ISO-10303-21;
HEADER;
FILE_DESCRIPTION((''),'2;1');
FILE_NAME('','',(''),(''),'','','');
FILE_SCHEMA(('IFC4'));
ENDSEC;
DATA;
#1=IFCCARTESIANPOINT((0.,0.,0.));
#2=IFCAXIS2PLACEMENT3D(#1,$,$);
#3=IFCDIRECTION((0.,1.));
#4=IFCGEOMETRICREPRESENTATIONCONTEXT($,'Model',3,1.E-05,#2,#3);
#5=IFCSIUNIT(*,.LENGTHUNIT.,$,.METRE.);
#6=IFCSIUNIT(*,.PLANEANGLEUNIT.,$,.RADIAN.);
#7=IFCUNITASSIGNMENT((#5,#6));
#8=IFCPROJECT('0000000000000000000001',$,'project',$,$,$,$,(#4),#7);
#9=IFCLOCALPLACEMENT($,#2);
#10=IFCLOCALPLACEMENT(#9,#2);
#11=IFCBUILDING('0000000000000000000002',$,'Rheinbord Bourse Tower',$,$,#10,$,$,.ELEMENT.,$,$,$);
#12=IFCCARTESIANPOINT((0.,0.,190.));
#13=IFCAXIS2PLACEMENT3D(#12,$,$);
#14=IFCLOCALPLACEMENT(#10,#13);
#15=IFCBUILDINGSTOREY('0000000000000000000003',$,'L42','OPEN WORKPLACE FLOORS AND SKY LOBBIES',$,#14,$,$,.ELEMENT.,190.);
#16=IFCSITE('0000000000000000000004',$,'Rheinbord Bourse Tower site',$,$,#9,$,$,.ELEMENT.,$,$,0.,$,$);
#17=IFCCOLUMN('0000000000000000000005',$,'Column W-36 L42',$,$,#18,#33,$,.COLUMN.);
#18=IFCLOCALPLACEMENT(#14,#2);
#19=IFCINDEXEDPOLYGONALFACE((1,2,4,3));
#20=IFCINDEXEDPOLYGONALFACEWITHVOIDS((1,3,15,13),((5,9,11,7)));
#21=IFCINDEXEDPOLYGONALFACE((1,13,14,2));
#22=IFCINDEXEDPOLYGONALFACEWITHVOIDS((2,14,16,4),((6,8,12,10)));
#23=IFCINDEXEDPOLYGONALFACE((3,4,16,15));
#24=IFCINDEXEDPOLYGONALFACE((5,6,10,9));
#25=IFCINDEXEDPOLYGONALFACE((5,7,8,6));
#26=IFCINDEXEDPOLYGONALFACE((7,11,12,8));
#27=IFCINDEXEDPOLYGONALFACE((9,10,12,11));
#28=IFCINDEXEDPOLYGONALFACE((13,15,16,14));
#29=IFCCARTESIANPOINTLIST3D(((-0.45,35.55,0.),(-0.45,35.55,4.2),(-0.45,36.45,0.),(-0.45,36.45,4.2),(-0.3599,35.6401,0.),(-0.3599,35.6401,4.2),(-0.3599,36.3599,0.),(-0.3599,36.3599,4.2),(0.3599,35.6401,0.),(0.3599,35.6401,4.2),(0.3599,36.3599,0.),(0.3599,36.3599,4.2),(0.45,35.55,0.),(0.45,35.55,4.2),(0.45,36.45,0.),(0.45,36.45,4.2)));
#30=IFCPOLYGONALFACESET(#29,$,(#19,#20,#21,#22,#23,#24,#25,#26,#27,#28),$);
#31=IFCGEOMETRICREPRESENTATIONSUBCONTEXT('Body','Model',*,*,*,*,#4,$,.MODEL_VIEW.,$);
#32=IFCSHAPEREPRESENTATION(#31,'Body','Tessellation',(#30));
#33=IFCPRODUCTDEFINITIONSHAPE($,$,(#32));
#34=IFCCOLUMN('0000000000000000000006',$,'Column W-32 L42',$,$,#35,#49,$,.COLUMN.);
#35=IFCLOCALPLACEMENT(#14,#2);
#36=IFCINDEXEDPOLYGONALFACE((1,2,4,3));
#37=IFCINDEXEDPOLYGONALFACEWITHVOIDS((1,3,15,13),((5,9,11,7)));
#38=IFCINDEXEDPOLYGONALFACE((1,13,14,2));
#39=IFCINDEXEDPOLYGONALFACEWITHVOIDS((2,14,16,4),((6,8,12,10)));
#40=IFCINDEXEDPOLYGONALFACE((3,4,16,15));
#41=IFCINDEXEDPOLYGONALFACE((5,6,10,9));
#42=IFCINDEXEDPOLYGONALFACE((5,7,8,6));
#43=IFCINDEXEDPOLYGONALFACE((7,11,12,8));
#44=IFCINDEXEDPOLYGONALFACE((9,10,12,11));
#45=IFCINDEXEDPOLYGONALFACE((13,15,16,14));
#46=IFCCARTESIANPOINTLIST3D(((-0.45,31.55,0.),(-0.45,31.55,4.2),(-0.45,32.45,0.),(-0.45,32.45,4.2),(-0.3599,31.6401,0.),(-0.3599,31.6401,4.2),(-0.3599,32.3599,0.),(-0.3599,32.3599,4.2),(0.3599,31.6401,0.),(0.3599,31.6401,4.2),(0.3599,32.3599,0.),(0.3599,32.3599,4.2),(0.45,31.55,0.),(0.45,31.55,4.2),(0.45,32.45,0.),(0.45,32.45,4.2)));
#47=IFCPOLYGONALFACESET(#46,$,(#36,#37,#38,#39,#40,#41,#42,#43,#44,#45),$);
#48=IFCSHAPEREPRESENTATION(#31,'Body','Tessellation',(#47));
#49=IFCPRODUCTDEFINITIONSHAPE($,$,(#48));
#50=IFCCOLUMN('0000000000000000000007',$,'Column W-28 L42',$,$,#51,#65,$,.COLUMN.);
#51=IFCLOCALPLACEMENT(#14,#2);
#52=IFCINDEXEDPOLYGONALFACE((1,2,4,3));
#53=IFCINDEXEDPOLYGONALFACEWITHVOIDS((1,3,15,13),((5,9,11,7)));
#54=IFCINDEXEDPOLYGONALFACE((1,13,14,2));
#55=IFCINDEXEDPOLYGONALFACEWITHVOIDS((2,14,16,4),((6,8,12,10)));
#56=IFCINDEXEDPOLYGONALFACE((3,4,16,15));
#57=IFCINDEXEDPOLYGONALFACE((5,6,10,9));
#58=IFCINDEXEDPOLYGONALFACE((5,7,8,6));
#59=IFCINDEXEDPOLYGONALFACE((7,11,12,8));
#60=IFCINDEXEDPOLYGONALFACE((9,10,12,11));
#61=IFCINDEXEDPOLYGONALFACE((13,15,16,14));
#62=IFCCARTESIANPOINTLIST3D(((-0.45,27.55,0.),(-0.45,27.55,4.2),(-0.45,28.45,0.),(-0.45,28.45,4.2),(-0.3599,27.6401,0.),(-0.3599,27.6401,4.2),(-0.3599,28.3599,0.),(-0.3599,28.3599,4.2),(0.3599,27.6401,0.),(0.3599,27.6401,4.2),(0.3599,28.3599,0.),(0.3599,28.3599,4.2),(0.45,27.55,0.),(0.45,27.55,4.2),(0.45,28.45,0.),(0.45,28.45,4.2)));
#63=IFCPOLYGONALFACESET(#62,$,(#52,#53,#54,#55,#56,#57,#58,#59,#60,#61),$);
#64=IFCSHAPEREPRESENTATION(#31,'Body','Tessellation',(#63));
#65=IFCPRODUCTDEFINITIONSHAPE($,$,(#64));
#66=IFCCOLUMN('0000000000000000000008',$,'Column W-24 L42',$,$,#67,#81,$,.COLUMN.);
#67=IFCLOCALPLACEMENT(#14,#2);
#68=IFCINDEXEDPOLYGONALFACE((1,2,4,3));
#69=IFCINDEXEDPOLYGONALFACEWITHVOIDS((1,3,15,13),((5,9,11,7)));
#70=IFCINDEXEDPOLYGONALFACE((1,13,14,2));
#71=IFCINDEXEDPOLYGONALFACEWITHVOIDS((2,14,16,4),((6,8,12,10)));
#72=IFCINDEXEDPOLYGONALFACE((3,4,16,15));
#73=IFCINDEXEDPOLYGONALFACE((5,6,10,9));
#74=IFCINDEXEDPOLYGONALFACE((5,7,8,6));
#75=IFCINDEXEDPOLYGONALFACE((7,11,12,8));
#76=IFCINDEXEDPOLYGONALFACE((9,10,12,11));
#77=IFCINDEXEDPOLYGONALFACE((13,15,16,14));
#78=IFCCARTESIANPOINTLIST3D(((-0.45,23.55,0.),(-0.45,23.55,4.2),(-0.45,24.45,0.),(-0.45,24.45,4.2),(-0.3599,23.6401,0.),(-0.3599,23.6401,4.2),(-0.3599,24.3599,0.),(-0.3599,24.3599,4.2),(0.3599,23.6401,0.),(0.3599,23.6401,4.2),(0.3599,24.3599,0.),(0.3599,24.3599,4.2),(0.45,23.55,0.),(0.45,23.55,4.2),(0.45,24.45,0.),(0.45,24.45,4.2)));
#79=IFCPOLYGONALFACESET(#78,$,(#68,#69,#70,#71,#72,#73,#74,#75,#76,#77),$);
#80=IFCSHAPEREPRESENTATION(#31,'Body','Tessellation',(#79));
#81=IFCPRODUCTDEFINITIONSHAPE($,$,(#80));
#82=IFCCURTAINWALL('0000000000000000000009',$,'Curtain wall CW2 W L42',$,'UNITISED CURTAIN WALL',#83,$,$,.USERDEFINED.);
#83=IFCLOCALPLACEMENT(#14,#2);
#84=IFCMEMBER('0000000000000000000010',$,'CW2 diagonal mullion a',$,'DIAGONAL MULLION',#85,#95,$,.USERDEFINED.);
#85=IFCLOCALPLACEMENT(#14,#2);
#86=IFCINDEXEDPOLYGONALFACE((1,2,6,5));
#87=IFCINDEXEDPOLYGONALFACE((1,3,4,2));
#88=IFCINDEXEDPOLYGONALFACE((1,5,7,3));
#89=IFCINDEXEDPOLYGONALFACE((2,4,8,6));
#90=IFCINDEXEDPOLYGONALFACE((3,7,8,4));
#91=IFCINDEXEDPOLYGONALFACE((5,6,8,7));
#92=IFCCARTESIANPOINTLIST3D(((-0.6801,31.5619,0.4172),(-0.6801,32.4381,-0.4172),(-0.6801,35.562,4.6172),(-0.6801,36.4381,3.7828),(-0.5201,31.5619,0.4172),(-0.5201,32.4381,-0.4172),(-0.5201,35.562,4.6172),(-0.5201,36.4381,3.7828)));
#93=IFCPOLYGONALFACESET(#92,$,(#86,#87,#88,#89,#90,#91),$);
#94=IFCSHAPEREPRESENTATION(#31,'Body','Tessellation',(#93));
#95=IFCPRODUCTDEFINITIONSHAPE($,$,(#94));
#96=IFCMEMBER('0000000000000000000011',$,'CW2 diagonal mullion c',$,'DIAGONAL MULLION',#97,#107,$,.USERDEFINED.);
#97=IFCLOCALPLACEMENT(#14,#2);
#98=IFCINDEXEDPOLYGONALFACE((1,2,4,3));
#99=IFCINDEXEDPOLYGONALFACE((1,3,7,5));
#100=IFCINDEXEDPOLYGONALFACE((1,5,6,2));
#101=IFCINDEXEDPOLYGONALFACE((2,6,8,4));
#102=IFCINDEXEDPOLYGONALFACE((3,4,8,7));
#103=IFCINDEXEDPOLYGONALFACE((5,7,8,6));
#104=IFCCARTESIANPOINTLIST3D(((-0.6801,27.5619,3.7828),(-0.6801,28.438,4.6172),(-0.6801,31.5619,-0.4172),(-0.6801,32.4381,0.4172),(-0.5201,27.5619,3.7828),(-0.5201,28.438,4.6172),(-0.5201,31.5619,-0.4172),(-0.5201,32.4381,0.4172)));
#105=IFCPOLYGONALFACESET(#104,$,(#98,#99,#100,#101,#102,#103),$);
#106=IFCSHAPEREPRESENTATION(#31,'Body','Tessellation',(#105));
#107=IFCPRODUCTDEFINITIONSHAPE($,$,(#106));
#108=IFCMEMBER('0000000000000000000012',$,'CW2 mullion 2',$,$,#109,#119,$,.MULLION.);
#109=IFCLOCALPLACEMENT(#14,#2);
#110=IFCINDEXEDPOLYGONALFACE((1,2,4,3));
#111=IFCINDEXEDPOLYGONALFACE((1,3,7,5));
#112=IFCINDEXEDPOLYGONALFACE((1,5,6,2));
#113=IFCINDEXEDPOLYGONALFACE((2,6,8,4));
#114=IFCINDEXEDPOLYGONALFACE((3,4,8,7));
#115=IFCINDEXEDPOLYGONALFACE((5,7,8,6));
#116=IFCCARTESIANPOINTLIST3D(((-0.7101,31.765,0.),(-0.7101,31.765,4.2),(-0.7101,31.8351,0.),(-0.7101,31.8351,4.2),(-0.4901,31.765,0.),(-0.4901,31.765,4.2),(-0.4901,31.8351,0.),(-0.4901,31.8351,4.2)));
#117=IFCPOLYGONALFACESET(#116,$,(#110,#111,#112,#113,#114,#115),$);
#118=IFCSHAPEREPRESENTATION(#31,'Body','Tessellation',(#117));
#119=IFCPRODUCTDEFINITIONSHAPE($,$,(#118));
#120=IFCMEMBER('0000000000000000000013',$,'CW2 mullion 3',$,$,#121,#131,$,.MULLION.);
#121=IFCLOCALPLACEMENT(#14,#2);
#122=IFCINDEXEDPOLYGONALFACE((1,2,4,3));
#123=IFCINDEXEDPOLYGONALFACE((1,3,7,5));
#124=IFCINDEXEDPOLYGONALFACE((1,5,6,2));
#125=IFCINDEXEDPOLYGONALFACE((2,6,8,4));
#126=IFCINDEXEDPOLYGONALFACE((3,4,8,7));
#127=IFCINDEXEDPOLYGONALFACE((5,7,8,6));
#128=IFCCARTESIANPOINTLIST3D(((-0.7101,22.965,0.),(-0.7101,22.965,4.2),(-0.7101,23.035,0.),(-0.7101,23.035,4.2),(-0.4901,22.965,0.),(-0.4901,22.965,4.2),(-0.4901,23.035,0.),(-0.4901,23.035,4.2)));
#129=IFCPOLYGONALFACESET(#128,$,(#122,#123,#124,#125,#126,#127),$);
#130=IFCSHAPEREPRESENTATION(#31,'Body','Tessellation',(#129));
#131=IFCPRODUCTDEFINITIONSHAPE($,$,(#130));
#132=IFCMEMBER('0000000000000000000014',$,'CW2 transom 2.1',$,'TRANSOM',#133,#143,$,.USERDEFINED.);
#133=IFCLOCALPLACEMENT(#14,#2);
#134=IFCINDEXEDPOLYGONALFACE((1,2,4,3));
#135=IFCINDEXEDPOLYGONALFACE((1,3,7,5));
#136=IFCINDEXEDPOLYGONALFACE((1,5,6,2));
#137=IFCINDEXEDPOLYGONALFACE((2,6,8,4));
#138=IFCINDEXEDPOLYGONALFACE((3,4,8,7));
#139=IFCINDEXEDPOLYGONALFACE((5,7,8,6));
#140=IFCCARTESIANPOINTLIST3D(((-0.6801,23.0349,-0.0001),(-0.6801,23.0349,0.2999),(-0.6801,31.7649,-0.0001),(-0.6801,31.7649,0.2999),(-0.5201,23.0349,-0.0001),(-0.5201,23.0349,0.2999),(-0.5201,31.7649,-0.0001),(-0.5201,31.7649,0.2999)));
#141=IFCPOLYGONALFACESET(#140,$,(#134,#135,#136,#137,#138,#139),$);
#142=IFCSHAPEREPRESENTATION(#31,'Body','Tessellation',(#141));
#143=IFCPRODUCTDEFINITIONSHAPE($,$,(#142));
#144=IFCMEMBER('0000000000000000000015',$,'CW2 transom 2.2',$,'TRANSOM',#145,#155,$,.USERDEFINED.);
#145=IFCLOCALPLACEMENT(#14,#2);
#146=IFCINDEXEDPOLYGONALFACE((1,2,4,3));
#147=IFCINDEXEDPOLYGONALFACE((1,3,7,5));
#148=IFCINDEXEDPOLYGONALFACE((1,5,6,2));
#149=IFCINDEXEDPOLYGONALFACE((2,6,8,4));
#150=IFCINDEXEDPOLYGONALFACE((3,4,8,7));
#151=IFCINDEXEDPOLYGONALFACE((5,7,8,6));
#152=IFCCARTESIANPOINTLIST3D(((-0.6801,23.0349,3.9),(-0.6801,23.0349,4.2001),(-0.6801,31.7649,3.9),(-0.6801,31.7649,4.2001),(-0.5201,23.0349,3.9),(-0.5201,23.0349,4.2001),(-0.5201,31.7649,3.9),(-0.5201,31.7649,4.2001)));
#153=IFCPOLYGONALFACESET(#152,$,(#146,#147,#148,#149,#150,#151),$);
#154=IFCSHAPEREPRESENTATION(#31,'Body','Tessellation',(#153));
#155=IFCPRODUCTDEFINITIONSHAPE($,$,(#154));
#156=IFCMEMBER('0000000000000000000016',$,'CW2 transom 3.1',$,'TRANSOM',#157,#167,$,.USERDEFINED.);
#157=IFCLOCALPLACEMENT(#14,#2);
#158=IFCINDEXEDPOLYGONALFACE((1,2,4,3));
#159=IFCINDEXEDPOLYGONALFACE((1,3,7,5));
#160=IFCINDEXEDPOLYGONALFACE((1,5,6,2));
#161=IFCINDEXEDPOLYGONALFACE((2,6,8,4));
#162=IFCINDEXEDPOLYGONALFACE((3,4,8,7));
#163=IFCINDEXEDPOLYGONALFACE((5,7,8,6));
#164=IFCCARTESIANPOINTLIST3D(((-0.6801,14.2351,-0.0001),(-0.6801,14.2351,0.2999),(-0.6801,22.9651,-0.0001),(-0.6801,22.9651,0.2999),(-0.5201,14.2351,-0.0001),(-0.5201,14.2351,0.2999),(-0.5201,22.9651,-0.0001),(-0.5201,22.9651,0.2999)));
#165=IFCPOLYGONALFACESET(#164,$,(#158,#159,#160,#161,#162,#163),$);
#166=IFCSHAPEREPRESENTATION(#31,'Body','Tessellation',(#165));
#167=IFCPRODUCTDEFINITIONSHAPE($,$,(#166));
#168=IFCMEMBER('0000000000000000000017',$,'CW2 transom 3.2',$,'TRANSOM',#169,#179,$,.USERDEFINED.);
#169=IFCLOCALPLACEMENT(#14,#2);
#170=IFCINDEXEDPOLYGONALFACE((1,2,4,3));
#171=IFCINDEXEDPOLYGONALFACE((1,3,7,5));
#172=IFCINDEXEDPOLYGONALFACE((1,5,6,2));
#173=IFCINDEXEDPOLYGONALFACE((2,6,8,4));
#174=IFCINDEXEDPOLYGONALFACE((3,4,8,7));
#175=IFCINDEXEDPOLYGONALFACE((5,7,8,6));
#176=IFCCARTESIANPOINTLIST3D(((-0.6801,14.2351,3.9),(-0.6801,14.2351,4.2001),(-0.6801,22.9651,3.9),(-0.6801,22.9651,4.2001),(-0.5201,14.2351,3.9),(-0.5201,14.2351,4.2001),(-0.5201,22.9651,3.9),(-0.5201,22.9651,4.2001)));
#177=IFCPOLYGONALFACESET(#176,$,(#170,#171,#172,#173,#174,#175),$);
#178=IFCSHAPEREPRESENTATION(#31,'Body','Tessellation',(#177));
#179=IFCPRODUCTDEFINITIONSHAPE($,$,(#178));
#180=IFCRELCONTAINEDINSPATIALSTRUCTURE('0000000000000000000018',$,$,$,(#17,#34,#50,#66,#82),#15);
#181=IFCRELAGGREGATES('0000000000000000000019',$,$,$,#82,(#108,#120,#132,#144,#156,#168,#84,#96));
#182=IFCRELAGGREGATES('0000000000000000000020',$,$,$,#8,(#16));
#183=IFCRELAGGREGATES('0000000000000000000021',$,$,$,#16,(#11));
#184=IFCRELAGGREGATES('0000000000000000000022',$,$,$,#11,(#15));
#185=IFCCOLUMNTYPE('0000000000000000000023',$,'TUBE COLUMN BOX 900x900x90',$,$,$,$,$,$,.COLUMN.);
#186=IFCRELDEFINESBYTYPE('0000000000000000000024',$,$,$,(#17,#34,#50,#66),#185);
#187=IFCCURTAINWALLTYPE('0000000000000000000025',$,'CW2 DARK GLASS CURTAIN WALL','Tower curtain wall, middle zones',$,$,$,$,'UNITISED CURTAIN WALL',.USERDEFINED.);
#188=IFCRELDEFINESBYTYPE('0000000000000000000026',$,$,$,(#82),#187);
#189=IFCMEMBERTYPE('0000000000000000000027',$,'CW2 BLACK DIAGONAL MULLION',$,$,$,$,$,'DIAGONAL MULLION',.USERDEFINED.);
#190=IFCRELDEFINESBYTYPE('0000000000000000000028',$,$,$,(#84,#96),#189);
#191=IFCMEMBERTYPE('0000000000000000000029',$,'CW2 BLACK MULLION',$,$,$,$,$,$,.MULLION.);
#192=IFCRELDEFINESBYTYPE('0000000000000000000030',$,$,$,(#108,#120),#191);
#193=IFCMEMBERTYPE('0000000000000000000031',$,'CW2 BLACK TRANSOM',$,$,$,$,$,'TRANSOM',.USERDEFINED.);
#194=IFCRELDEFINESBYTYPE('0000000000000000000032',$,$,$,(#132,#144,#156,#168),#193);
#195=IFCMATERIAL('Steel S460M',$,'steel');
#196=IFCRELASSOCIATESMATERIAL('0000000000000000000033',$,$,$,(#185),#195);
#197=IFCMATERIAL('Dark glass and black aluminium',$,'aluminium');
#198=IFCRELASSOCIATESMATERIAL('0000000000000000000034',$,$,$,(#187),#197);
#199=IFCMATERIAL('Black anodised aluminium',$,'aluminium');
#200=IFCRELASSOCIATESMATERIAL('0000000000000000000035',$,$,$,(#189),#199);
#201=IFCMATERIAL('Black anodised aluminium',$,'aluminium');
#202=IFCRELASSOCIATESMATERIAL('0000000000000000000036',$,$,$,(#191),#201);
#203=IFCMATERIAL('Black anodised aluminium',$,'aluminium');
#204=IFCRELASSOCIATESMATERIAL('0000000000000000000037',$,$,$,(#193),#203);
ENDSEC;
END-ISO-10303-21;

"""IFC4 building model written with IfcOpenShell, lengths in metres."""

from ifc_helpers import new_model, si_unit, direction, frame, origin, origin_2d, place, context, subcontext, project, spatial, rectangle, hollow_rectangle, extrude, material, material_profile, profile_set, type_object, element, aggregate, save


model = new_model("IFC4")

# Units and contexts
model_context = context("Model", 3, precision=1e-05, world=origin(), true_north=direction((0.0, 1.0)))
body_context = subcontext(model_context, "Body", "Model", "MODEL_VIEW")
ifc_project = project(units=[si_unit("LENGTHUNIT", "METRE"), si_unit("PLANEANGLEUNIT", "RADIAN")], contexts=[model_context])

# Site, building, storey
site_placement = place(None, origin())
site = spatial("IfcSite", under=ifc_project, at=site_placement, Name="Rheinbord Bourse Tower site", CompositionType="ELEMENT", RefElevation=0.0)
building_placement = place(site_placement, origin())
building = spatial("IfcBuilding", under=site, at=building_placement, Name="Rheinbord Bourse Tower", CompositionType="ELEMENT")
storey_placement = place(building_placement, frame((0.0, 0.0, 190.0)))
storey = spatial("IfcBuildingStorey", under=building, at=storey_placement, Name="L42", Description="OPEN WORKPLACE FLOORS AND SKY LOBBIES", CompositionType="ELEMENT", Elevation=190.0)

# Columns
ifc_material_1 = material(Name="Steel S460M", Category="steel")
ifc_material_profile_1 = material_profile(ifc_material_1, hollow_rectangle(XDim=0.8999, YDim=0.8999, WallThickness=0.0901, at=origin_2d()), Name="BOX 900x900x90")
ifc_profile_set_1 = profile_set([ifc_material_profile_1], Name="Steel S460M")
column_type = type_object("IfcColumnType", Name="TUBE COLUMN BOX 900x900x90", PredefinedType="COLUMN", material=ifc_profile_set_1)
for number, where, z_axis, x_axis, name in (
    (1, (0.0, 36.0, 0.0), (0.0, 0.0, 1.0), (1.0, 0.0, 0.0), "Column W-36 L42"),
    (2, (0.0, 32.0, 0.0), (0.0, 0.0, 1.0), (1.0, 0.0, 0.0), "Column W-32 L42"),
    (3, (0.0, 28.0, 0.0), (0.0, 0.0, 1.0), (1.0, 0.0, 0.0), "Column W-28 L42"),
    (4, (0.0, 24.0, 0.0), (0.0, 0.0, 1.0), (1.0, 0.0, 0.0), "Column W-24 L42"),
):
    element("IfcColumn", number, at=place(storey_placement, frame(where, z_axis=z_axis, x_axis=x_axis)), inside=storey, type_object=column_type, Name=name, PredefinedType="COLUMN", context=body_context, shape_type="SweptSolid", body=[
        extrude(hollow_rectangle(XDim=0.8999, YDim=0.8999, WallThickness=0.0901, at=origin_2d()), origin(), (0.0, 0.0, 1.0), 4.2),
    ])

# Curtain wall, members
ifc_material_2 = material(Name="Dark glass and black aluminium", Category="aluminium")
curtain_wall_type = type_object("IfcCurtainWallType", Name="CW2 DARK GLASS CURTAIN WALL", Description="Tower curtain wall, middle zones", ElementType="UNITISED CURTAIN WALL", PredefinedType="USERDEFINED", material=ifc_material_2)
curtain_wall_placement = place(storey_placement, origin())
curtain_wall = element("IfcCurtainWall", 5, at=curtain_wall_placement, inside=storey, type_object=curtain_wall_type, Name="Curtain wall CW2 W L42", ObjectType="UNITISED CURTAIN WALL", PredefinedType="USERDEFINED")
ifc_material_3 = material(Name="Black anodised aluminium", Category="aluminium")
ifc_material_profile_2 = material_profile(ifc_material_3, rectangle(XDim=0.1599, YDim=1.21, at=origin_2d()), Name="CW2 DIAGONAL MULLION 1210x160")
ifc_profile_set_2 = profile_set([ifc_material_profile_2], Name="Black anodised aluminium")
member_type_1 = type_object("IfcMemberType", Name="CW2 BLACK DIAGONAL MULLION", ElementType="DIAGONAL MULLION", PredefinedType="USERDEFINED", material=ifc_profile_set_2)
member_1_placement = place(storey_placement, frame((-0.6001, 32.0, 0.0), z_axis=(0.0, 0.689659, 0.724134), x_axis=(-1.0, 0.0, 0.0)))
member_1 = element("IfcMember", 6, at=member_1_placement, type_object=member_type_1, Name="CW2 diagonal mullion a", ObjectType="DIAGONAL MULLION", PredefinedType="USERDEFINED", context=body_context, shape_type="SweptSolid", body=[
    extrude(rectangle(XDim=0.1599, YDim=1.21, at=origin_2d()), origin(), (0.0, 0.0, 1.0), 5.8),
])
member_2_placement = place(storey_placement, frame((-0.6001, 32.0, 0.0), z_axis=(0.0, -0.689659, 0.724134), x_axis=(1.0, 0.0, 0.0)))
member_2 = element("IfcMember", 7, at=member_2_placement, type_object=member_type_1, Name="CW2 diagonal mullion c", ObjectType="DIAGONAL MULLION", PredefinedType="USERDEFINED", context=body_context, shape_type="SweptSolid", body=[
    extrude(rectangle(XDim=0.1599, YDim=1.21, at=origin_2d()), origin(), (0.0, 0.0, 1.0), 5.8),
])
ifc_material_4 = material(Name="Black anodised aluminium", Category="aluminium")
ifc_material_profile_3 = material_profile(ifc_material_4, rectangle(XDim=0.22, YDim=0.0701, at=origin_2d()), Name="CW2 MULLION 70x220")
ifc_profile_set_3 = profile_set([ifc_material_profile_3], Name="Black anodised aluminium")
member_type_2 = type_object("IfcMemberType", Name="CW2 BLACK MULLION", PredefinedType="MULLION", material=ifc_profile_set_3)
member_3_placement = place(storey_placement, frame((-0.6001, 31.8, 0.0), z_axis=(0.0, 0.0, 1.0), x_axis=(1.0, 0.0, 0.0)))
member_3 = element("IfcMember", 8, at=member_3_placement, type_object=member_type_2, Name="CW2 mullion 2", PredefinedType="MULLION", context=body_context, shape_type="SweptSolid", body=[
    extrude(rectangle(XDim=0.22, YDim=0.0701, at=origin_2d()), origin(), (0.0, 0.0, 1.0), 4.2),
])
member_4_placement = place(storey_placement, frame((-0.6001, 23.0, 0.0), z_axis=(0.0, 0.0, 1.0), x_axis=(1.0, 0.0, 0.0)))
member_4 = element("IfcMember", 9, at=member_4_placement, type_object=member_type_2, Name="CW2 mullion 3", PredefinedType="MULLION", context=body_context, shape_type="SweptSolid", body=[
    extrude(rectangle(XDim=0.22, YDim=0.0701, at=origin_2d()), origin(), (0.0, 0.0, 1.0), 4.2),
])
ifc_material_5 = material(Name="Black anodised aluminium", Category="aluminium")
ifc_material_profile_4 = material_profile(ifc_material_5, rectangle(XDim=0.1599, YDim=0.3, at=origin_2d()), Name="CW2 TRANSOM 300x160")
ifc_profile_set_4 = profile_set([ifc_material_profile_4], Name="Black anodised aluminium")
member_type_3 = type_object("IfcMemberType", Name="CW2 BLACK TRANSOM", ElementType="TRANSOM", PredefinedType="USERDEFINED", material=ifc_profile_set_4)
member_5_placement = place(storey_placement, frame((-0.6001, 31.7649, 0.1499), z_axis=(0.0, -1.0, 0.0), x_axis=(1.0, 0.0, 0.0)))
member_5 = element("IfcMember", 10, at=member_5_placement, type_object=member_type_3, Name="CW2 transom 2.1", ObjectType="TRANSOM", PredefinedType="USERDEFINED", context=body_context, shape_type="SweptSolid", body=[
    extrude(rectangle(XDim=0.1599, YDim=0.3, at=origin_2d()), origin(), (0.0, 0.0, 1.0), 8.73),
])
member_6_placement = place(storey_placement, frame((-0.6001, 31.7649, 4.05), z_axis=(0.0, -1.0, 0.0), x_axis=(1.0, 0.0, 0.0)))
member_6 = element("IfcMember", 11, at=member_6_placement, type_object=member_type_3, Name="CW2 transom 2.2", ObjectType="TRANSOM", PredefinedType="USERDEFINED", context=body_context, shape_type="SweptSolid", body=[
    extrude(rectangle(XDim=0.1599, YDim=0.3, at=origin_2d()), origin(), (0.0, 0.0, 1.0), 8.73),
])
member_7_placement = place(storey_placement, frame((-0.6001, 22.9651, 0.1499), z_axis=(0.0, -1.0, 0.0), x_axis=(1.0, 0.0, 0.0)))
member_7 = element("IfcMember", 12, at=member_7_placement, type_object=member_type_3, Name="CW2 transom 3.1", ObjectType="TRANSOM", PredefinedType="USERDEFINED", context=body_context, shape_type="SweptSolid", body=[
    extrude(rectangle(XDim=0.1599, YDim=0.3, at=origin_2d()), origin(), (0.0, 0.0, 1.0), 8.73),
])
member_8_placement = place(storey_placement, frame((-0.6001, 22.9651, 4.05), z_axis=(0.0, -1.0, 0.0), x_axis=(1.0, 0.0, 0.0)))
member_8 = element("IfcMember", 13, at=member_8_placement, type_object=member_type_3, Name="CW2 transom 3.2", ObjectType="TRANSOM", PredefinedType="USERDEFINED", context=body_context, shape_type="SweptSolid", body=[
    extrude(rectangle(XDim=0.1599, YDim=0.3, at=origin_2d()), origin(), (0.0, 0.0, 1.0), 8.73),
])

aggregate(curtain_wall, [member_3, member_4, member_5, member_6, member_7, member_8, member_1, member_2])

save(model, "model.ifc")
